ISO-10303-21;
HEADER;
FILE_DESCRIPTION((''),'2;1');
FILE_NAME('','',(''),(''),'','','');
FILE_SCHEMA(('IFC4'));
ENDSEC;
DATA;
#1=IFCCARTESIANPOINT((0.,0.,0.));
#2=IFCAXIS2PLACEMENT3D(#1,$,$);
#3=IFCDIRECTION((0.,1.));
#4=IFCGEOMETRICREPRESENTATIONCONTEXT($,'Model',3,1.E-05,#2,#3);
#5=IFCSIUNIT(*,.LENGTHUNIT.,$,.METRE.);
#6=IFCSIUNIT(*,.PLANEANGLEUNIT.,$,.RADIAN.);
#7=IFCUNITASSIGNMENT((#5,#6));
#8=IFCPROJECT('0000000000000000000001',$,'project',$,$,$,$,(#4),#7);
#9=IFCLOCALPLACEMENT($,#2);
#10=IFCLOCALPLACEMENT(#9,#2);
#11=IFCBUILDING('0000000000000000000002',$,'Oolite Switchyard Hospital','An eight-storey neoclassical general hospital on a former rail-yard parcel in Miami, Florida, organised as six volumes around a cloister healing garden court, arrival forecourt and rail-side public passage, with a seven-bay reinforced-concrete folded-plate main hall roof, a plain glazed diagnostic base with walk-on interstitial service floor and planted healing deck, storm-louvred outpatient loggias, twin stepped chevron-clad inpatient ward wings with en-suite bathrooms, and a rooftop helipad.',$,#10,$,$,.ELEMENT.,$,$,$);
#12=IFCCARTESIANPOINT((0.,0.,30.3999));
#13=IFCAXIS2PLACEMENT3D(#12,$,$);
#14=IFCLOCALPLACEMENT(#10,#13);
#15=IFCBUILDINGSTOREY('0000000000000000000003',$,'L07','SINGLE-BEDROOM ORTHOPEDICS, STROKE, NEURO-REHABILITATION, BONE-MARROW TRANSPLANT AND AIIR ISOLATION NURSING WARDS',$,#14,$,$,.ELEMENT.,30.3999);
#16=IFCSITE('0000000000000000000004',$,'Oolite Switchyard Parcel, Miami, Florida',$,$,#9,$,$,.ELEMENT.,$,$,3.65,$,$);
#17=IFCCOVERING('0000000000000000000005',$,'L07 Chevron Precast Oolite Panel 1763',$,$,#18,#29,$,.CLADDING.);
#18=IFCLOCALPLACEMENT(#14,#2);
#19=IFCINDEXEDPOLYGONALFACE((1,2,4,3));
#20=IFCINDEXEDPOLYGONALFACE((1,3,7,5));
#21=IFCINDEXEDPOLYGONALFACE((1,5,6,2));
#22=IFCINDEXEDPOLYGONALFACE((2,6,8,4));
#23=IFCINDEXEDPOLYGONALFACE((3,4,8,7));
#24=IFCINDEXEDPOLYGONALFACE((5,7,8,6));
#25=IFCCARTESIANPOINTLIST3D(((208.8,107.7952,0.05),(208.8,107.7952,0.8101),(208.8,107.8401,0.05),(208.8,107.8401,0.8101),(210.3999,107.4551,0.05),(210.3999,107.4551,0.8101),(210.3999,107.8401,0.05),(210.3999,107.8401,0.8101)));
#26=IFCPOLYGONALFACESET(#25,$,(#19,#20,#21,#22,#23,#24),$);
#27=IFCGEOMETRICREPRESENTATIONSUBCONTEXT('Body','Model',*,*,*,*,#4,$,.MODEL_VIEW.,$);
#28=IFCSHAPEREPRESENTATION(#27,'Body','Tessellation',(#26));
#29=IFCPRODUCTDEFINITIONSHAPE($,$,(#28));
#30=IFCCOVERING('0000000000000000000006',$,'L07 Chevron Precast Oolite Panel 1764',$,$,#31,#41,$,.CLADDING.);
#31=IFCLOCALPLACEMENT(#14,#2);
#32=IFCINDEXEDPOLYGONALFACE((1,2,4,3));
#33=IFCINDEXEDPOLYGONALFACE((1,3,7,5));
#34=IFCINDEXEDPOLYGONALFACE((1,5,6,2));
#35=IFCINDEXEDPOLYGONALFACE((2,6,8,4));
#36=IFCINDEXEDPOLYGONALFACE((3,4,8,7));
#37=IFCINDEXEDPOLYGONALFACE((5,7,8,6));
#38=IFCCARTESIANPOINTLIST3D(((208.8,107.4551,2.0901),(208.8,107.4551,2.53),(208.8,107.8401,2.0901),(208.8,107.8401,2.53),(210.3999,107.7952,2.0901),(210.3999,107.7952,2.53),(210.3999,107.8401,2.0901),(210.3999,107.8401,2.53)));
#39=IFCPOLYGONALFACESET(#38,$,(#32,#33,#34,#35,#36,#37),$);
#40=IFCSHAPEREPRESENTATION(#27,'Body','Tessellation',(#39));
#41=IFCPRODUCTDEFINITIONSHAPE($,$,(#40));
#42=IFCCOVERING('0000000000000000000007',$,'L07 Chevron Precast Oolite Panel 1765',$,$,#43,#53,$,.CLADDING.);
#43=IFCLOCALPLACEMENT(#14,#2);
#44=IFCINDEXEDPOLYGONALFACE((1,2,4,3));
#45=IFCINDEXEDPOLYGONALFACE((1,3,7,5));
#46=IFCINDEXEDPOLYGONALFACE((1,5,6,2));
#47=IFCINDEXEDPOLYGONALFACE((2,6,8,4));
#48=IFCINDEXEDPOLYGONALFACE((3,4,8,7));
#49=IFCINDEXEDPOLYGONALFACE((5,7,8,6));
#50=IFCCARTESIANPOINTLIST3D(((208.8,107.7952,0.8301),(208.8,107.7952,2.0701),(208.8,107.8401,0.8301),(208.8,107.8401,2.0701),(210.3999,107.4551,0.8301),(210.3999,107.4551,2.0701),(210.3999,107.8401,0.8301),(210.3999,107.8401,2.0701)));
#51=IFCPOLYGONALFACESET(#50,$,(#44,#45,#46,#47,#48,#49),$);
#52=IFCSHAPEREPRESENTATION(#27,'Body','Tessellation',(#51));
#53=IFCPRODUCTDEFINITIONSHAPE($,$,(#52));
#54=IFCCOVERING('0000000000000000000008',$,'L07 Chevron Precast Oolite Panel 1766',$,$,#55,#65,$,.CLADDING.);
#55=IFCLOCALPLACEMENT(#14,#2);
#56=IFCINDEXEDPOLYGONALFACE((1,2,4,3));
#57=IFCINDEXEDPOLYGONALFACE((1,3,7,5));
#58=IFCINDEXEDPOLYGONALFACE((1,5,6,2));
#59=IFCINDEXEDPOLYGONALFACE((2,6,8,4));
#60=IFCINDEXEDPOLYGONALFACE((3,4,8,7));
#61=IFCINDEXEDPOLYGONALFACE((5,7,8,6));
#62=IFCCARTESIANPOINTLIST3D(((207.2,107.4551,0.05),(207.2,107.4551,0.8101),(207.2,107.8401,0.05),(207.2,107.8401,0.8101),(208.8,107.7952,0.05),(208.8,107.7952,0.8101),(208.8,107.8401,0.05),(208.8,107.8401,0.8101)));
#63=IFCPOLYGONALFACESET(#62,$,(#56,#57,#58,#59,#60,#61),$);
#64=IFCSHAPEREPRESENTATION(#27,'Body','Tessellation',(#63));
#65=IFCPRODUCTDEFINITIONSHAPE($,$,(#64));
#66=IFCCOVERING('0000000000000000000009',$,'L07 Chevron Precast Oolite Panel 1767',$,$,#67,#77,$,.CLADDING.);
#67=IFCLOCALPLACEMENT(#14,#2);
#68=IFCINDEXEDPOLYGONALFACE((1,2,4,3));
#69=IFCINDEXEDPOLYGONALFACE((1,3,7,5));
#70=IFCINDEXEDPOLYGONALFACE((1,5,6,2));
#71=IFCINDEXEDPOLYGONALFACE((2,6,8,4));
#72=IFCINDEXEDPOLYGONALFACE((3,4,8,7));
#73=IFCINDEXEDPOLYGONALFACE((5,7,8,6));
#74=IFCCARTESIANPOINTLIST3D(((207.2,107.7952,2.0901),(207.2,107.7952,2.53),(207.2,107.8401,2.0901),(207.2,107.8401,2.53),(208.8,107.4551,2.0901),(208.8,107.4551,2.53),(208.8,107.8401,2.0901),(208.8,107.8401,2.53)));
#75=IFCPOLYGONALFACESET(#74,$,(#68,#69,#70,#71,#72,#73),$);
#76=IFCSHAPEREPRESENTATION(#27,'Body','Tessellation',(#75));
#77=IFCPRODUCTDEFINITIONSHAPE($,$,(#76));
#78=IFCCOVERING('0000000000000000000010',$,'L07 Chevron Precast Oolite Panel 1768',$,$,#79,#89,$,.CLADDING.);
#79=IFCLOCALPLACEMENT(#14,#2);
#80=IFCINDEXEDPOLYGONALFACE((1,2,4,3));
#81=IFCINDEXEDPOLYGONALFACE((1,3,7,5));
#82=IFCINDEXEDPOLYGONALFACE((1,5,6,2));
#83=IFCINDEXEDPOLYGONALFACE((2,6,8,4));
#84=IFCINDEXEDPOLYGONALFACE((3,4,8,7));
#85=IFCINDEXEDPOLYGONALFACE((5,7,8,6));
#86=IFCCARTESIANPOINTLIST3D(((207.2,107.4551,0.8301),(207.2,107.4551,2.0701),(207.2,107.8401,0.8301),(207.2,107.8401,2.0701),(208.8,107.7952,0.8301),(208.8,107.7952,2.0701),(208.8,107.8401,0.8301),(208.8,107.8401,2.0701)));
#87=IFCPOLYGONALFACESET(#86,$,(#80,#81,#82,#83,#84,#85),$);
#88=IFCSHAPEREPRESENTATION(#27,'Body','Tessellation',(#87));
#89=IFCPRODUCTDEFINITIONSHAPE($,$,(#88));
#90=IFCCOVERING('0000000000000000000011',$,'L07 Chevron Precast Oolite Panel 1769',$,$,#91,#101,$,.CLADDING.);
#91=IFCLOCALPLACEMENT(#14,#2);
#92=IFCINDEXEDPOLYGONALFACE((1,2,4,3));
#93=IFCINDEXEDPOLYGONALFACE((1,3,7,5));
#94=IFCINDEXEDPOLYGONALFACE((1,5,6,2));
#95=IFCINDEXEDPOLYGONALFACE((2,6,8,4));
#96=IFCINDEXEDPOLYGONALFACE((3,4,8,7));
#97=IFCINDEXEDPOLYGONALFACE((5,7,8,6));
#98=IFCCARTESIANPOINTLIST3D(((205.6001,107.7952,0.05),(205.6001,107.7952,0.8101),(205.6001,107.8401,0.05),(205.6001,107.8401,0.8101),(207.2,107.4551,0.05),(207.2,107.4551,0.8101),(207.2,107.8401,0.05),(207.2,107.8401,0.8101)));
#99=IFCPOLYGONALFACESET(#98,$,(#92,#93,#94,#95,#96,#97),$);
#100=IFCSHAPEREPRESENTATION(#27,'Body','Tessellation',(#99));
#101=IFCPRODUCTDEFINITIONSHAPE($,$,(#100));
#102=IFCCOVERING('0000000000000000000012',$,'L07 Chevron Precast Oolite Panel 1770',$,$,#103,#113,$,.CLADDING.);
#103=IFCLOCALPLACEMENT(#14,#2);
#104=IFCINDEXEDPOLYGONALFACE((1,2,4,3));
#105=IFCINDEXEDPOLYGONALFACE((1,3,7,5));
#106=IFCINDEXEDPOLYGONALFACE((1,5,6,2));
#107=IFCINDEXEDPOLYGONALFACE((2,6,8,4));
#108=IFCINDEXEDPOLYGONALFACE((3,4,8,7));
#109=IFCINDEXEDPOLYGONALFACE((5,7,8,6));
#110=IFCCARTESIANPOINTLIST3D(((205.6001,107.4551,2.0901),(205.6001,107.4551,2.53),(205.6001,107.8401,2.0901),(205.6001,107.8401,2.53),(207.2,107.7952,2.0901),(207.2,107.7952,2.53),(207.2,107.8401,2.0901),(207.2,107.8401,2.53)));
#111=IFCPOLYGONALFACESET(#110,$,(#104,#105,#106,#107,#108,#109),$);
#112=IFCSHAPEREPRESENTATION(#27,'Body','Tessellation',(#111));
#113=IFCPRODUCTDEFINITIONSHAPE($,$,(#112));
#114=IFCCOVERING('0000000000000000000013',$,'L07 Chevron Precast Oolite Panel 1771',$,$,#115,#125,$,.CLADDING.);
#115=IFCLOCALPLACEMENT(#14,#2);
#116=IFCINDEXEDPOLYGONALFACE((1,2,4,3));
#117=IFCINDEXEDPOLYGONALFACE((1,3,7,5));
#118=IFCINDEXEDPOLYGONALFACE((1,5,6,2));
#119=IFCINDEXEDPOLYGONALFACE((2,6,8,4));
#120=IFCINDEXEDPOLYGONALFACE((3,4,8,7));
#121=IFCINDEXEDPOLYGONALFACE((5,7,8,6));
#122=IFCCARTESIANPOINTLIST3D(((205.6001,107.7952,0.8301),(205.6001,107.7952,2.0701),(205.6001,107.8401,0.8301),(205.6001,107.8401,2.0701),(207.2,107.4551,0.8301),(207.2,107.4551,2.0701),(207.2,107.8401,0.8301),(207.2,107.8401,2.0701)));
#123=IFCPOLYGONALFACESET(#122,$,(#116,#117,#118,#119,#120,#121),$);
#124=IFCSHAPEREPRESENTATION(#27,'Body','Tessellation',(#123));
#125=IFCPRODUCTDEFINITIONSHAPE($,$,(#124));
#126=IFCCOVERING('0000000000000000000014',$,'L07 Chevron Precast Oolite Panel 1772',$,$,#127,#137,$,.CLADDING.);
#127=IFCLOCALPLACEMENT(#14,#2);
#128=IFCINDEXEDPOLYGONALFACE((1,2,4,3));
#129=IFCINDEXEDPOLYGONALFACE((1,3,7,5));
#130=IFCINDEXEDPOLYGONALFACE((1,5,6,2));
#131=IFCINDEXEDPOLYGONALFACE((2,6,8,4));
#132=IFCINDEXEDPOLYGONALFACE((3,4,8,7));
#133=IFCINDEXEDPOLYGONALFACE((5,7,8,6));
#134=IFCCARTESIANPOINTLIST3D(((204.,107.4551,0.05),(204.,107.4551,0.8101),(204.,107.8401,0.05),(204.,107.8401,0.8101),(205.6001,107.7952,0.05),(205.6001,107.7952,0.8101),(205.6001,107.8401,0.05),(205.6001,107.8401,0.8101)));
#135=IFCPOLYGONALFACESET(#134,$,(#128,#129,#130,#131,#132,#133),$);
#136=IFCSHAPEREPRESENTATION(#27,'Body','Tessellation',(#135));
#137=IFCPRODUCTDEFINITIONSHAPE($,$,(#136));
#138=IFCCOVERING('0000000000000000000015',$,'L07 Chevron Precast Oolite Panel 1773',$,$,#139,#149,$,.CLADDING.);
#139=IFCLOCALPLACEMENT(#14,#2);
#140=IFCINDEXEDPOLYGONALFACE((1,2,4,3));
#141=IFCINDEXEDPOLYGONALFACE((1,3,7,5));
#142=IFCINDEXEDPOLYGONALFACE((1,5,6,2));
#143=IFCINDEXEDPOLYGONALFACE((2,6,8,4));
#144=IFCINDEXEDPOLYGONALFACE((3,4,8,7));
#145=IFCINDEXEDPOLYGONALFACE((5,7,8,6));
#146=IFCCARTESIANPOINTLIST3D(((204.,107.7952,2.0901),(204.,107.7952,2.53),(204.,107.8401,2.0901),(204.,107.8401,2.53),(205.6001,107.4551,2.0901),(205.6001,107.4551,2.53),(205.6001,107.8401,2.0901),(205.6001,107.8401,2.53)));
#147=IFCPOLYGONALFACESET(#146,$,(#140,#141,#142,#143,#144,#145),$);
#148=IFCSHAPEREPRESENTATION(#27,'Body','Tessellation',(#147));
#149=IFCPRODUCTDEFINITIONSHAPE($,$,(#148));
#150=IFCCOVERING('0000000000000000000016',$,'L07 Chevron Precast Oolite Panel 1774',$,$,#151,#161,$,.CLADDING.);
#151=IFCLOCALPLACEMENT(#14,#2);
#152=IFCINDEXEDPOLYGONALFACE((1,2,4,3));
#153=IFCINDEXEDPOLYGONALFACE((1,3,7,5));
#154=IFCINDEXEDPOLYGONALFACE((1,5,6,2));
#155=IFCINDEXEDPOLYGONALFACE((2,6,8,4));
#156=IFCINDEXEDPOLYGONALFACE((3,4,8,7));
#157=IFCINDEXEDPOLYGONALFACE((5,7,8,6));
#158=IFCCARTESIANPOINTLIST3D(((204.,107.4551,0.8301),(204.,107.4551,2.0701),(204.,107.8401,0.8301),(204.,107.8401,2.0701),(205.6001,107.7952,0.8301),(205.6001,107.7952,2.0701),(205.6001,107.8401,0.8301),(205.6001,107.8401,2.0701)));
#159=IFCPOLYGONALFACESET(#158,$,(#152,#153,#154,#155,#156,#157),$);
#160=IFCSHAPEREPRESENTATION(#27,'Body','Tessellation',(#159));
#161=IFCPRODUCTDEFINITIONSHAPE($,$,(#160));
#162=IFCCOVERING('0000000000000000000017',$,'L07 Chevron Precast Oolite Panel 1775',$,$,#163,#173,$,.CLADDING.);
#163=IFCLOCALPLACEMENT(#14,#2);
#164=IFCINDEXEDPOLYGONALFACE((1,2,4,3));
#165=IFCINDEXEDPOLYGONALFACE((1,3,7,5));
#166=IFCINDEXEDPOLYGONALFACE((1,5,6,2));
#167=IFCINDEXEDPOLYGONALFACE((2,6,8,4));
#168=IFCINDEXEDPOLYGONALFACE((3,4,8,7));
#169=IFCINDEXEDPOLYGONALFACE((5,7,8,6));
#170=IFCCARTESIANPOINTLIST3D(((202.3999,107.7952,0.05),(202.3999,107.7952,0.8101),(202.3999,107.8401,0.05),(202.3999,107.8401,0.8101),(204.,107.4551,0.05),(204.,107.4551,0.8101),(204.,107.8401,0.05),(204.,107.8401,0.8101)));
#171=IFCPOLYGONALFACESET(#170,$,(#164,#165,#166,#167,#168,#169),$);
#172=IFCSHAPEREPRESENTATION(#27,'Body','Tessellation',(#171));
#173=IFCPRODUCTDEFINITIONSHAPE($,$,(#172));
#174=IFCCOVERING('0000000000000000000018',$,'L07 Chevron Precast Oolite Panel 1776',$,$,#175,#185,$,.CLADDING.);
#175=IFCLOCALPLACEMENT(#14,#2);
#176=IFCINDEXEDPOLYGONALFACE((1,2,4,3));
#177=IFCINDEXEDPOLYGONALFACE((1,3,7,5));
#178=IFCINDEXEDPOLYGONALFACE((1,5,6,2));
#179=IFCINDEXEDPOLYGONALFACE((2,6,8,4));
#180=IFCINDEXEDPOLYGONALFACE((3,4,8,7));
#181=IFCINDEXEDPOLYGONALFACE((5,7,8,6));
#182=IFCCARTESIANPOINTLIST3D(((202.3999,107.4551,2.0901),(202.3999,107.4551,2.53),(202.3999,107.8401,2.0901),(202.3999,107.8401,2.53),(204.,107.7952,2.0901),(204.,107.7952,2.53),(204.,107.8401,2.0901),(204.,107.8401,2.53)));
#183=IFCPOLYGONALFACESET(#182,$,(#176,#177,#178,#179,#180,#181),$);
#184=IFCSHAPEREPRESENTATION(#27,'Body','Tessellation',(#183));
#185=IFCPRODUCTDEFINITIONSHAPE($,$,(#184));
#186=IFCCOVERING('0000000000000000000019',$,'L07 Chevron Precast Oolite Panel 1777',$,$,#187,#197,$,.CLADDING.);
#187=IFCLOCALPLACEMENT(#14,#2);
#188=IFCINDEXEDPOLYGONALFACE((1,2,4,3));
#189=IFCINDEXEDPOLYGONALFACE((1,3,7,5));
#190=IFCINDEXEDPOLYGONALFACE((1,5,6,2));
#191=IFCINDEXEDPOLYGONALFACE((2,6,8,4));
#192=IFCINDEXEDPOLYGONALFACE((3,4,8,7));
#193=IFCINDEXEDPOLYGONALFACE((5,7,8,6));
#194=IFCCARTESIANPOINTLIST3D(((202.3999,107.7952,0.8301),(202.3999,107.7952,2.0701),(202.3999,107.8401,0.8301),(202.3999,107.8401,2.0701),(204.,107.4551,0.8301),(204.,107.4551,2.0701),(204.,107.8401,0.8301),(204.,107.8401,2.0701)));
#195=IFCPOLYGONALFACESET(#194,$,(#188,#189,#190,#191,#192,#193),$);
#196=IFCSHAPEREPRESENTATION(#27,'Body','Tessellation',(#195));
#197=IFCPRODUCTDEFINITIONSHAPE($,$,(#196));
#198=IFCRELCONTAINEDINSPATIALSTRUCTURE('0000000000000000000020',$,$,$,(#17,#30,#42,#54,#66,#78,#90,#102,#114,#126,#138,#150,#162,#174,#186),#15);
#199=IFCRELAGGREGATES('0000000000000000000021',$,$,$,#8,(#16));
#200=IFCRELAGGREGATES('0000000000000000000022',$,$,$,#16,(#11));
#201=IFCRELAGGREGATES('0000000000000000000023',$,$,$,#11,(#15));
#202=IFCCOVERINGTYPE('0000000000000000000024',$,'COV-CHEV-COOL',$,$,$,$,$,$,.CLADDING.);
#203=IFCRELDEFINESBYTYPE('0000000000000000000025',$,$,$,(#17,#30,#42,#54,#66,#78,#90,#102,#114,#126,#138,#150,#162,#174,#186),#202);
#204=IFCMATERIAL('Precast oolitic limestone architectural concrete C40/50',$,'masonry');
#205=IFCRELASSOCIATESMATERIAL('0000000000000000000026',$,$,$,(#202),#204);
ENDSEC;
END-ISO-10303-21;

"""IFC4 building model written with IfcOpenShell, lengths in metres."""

from ifc_helpers import new_model, si_unit, direction, frame, origin, place, context, subcontext, project, spatial, polyline, outline, extrude, material, type_object, element, save


model = new_model("IFC4")

# Units and contexts
model_context = context("Model", 3, precision=1e-05, world=origin(), true_north=direction((0.0, 1.0)))
body_context = subcontext(model_context, "Body", "Model", "MODEL_VIEW")
ifc_project = project(units=[si_unit("LENGTHUNIT", "METRE"), si_unit("PLANEANGLEUNIT", "RADIAN")], contexts=[model_context])

# Site, building, storey
site_placement = place(None, origin())
site = spatial("IfcSite", under=ifc_project, at=site_placement, Name="Oolite Switchyard Parcel, Miami, Florida", CompositionType="ELEMENT", RefElevation=3.65)
building_placement = place(site_placement, origin())
building = spatial("IfcBuilding", under=site, at=building_placement, Name="Oolite Switchyard Hospital", Description="An eight-storey neoclassical general hospital on a former rail-yard parcel in Miami, Florida, organised as six volumes around a cloister healing garden court, arrival forecourt and rail-side public passage, with a seven-bay reinforced-concrete folded-plate main hall roof, a plain glazed diagnostic base with walk-on interstitial service floor and planted healing deck, storm-louvred outpatient loggias, twin stepped chevron-clad inpatient ward wings with en-suite bathrooms, and a rooftop helipad.", CompositionType="ELEMENT")
storey_placement = place(building_placement, frame((0.0, 0.0, 30.3999)))
storey = spatial("IfcBuildingStorey", under=building, at=storey_placement, Name="L07", Description="SINGLE-BEDROOM ORTHOPEDICS, STROKE, NEURO-REHABILITATION, BONE-MARROW TRANSPLANT AND AIIR ISOLATION NURSING WARDS", CompositionType="ELEMENT", Elevation=30.3999)

# Shared definitions
ifc_material_1 = material(Name="Precast oolitic limestone architectural concrete C40/50", Category="masonry")

# Coverings
covering_type = type_object("IfcCoveringType", Name="COV-CHEV-COOL", PredefinedType="CLADDING", material=ifc_material_1)
covering_1_placement = place(storey_placement, frame((210.3999, 107.8401, 0.05), z_axis=(0.0, 0.0, 1.0), x_axis=(-1.0, 0.0, 0.0)))
element("IfcCovering", 1, at=covering_1_placement, inside=storey, type_object=covering_type, Name="L07 Chevron Precast Oolite Panel 1763", PredefinedType="CLADDING", context=body_context, shape_type="SweptSolid", body=[
    extrude(outline(polyline([(0.0, 0.0), (1.5999, 0.0), (1.5999, 0.0449), (0.0, 0.385), (0.0, 0.0)])), origin(), (0.0, 0.0, 1.0), 0.76),
])
covering_2_placement = place(storey_placement, frame((210.3999, 107.8401, 2.0901), z_axis=(0.0, 0.0, 1.0), x_axis=(-1.0, 0.0, 0.0)))
element("IfcCovering", 2, at=covering_2_placement, inside=storey, type_object=covering_type, Name="L07 Chevron Precast Oolite Panel 1764", PredefinedType="CLADDING", context=body_context, shape_type="SweptSolid", body=[
    extrude(outline(polyline([(0.0, 0.0), (1.5999, 0.0), (1.5999, 0.385), (0.0, 0.0449), (0.0, 0.0)])), origin(), (0.0, 0.0, 1.0), 0.4399),
])
covering_3_placement = place(storey_placement, frame((210.3999, 107.8401, 0.8301), z_axis=(0.0, 0.0, 1.0), x_axis=(-1.0, 0.0, 0.0)))
element("IfcCovering", 3, at=covering_3_placement, inside=storey, type_object=covering_type, Name="L07 Chevron Precast Oolite Panel 1765", PredefinedType="CLADDING", context=body_context, shape_type="SweptSolid", body=[
    extrude(outline(polyline([(0.0, 0.0), (1.5999, 0.0), (1.5999, 0.0449), (0.0, 0.385), (0.0, 0.0)])), origin(), (0.0, 0.0, 1.0), 1.24),
])
covering_4_placement = place(storey_placement, frame((208.8, 107.8401, 0.05), z_axis=(0.0, 0.0, 1.0), x_axis=(-1.0, 0.0, 0.0)))
element("IfcCovering", 4, at=covering_4_placement, inside=storey, type_object=covering_type, Name="L07 Chevron Precast Oolite Panel 1766", PredefinedType="CLADDING", context=body_context, shape_type="SweptSolid", body=[
    extrude(outline(polyline([(0.0, 0.0), (1.6001, 0.0), (1.6001, 0.385), (0.0, 0.0449), (0.0, 0.0)])), origin(), (0.0, 0.0, 1.0), 0.76),
])
covering_5_placement = place(storey_placement, frame((208.8, 107.8401, 2.0901), z_axis=(0.0, 0.0, 1.0), x_axis=(-1.0, 0.0, 0.0)))
element("IfcCovering", 5, at=covering_5_placement, inside=storey, type_object=covering_type, Name="L07 Chevron Precast Oolite Panel 1767", PredefinedType="CLADDING", context=body_context, shape_type="SweptSolid", body=[
    extrude(outline(polyline([(0.0, 0.0), (1.6001, 0.0), (1.6001, 0.0449), (0.0, 0.385), (0.0, 0.0)])), origin(), (0.0, 0.0, 1.0), 0.4399),
])
covering_6_placement = place(storey_placement, frame((208.8, 107.8401, 0.8301), z_axis=(0.0, 0.0, 1.0), x_axis=(-1.0, 0.0, 0.0)))
element("IfcCovering", 6, at=covering_6_placement, inside=storey, type_object=covering_type, Name="L07 Chevron Precast Oolite Panel 1768", PredefinedType="CLADDING", context=body_context, shape_type="SweptSolid", body=[
    extrude(outline(polyline([(0.0, 0.0), (1.6001, 0.0), (1.6001, 0.385), (0.0, 0.0449), (0.0, 0.0)])), origin(), (0.0, 0.0, 1.0), 1.24),
])
covering_7_placement = place(storey_placement, frame((207.2, 107.8401, 0.05), z_axis=(0.0, 0.0, 1.0), x_axis=(-1.0, 0.0, 0.0)))
element("IfcCovering", 7, at=covering_7_placement, inside=storey, type_object=covering_type, Name="L07 Chevron Precast Oolite Panel 1769", PredefinedType="CLADDING", context=body_context, shape_type="SweptSolid", body=[
    extrude(outline(polyline([(0.0, 0.0), (1.5999, 0.0), (1.5999, 0.0449), (0.0, 0.385), (0.0, 0.0)])), origin(), (0.0, 0.0, 1.0), 0.76),
])
covering_8_placement = place(storey_placement, frame((207.2, 107.8401, 2.0901), z_axis=(0.0, 0.0, 1.0), x_axis=(-1.0, 0.0, 0.0)))
element("IfcCovering", 8, at=covering_8_placement, inside=storey, type_object=covering_type, Name="L07 Chevron Precast Oolite Panel 1770", PredefinedType="CLADDING", context=body_context, shape_type="SweptSolid", body=[
    extrude(outline(polyline([(0.0, 0.0), (1.5999, 0.0), (1.5999, 0.385), (0.0, 0.0449), (0.0, 0.0)])), origin(), (0.0, 0.0, 1.0), 0.4399),
])
covering_9_placement = place(storey_placement, frame((207.2, 107.8401, 0.8301), z_axis=(0.0, 0.0, 1.0), x_axis=(-1.0, 0.0, 0.0)))
element("IfcCovering", 9, at=covering_9_placement, inside=storey, type_object=covering_type, Name="L07 Chevron Precast Oolite Panel 1771", PredefinedType="CLADDING", context=body_context, shape_type="SweptSolid", body=[
    extrude(outline(polyline([(0.0, 0.0), (1.5999, 0.0), (1.5999, 0.0449), (0.0, 0.385), (0.0, 0.0)])), origin(), (0.0, 0.0, 1.0), 1.24),
])
covering_10_placement = place(storey_placement, frame((205.6001, 107.8401, 0.05), z_axis=(0.0, 0.0, 1.0), x_axis=(-1.0, 0.0, 0.0)))
element("IfcCovering", 10, at=covering_10_placement, inside=storey, type_object=covering_type, Name="L07 Chevron Precast Oolite Panel 1772", PredefinedType="CLADDING", context=body_context, shape_type="SweptSolid", body=[
    extrude(outline(polyline([(0.0, 0.0), (1.6001, 0.0), (1.6001, 0.385), (0.0, 0.0449), (0.0, 0.0)])), origin(), (0.0, 0.0, 1.0), 0.76),
])
covering_11_placement = place(storey_placement, frame((205.6001, 107.8401, 2.0901), z_axis=(0.0, 0.0, 1.0), x_axis=(-1.0, 0.0, 0.0)))
element("IfcCovering", 11, at=covering_11_placement, inside=storey, type_object=covering_type, Name="L07 Chevron Precast Oolite Panel 1773", PredefinedType="CLADDING", context=body_context, shape_type="SweptSolid", body=[
    extrude(outline(polyline([(0.0, 0.0), (1.6001, 0.0), (1.6001, 0.0449), (0.0, 0.385), (0.0, 0.0)])), origin(), (0.0, 0.0, 1.0), 0.4399),
])
covering_12_placement = place(storey_placement, frame((205.6001, 107.8401, 0.8301), z_axis=(0.0, 0.0, 1.0), x_axis=(-1.0, 0.0, 0.0)))
element("IfcCovering", 12, at=covering_12_placement, inside=storey, type_object=covering_type, Name="L07 Chevron Precast Oolite Panel 1774", PredefinedType="CLADDING", context=body_context, shape_type="SweptSolid", body=[
    extrude(outline(polyline([(0.0, 0.0), (1.6001, 0.0), (1.6001, 0.385), (0.0, 0.0449), (0.0, 0.0)])), origin(), (0.0, 0.0, 1.0), 1.24),
])
covering_13_placement = place(storey_placement, frame((204.0, 107.8401, 0.05), z_axis=(0.0, 0.0, 1.0), x_axis=(-1.0, 0.0, 0.0)))
element("IfcCovering", 13, at=covering_13_placement, inside=storey, type_object=covering_type, Name="L07 Chevron Precast Oolite Panel 1775", PredefinedType="CLADDING", context=body_context, shape_type="SweptSolid", body=[
    extrude(outline(polyline([(0.0, 0.0), (1.6001, 0.0), (1.6001, 0.0449), (0.0, 0.385), (0.0, 0.0)])), origin(), (0.0, 0.0, 1.0), 0.76),
])
covering_14_placement = place(storey_placement, frame((204.0, 107.8401, 2.0901), z_axis=(0.0, 0.0, 1.0), x_axis=(-1.0, 0.0, 0.0)))
element("IfcCovering", 14, at=covering_14_placement, inside=storey, type_object=covering_type, Name="L07 Chevron Precast Oolite Panel 1776", PredefinedType="CLADDING", context=body_context, shape_type="SweptSolid", body=[
    extrude(outline(polyline([(0.0, 0.0), (1.6001, 0.0), (1.6001, 0.385), (0.0, 0.0449), (0.0, 0.0)])), origin(), (0.0, 0.0, 1.0), 0.4399),
])
covering_15_placement = place(storey_placement, frame((204.0, 107.8401, 0.8301), z_axis=(0.0, 0.0, 1.0), x_axis=(-1.0, 0.0, 0.0)))
element("IfcCovering", 15, at=covering_15_placement, inside=storey, type_object=covering_type, Name="L07 Chevron Precast Oolite Panel 1777", PredefinedType="CLADDING", context=body_context, shape_type="SweptSolid", body=[
    extrude(outline(polyline([(0.0, 0.0), (1.6001, 0.0), (1.6001, 0.0449), (0.0, 0.385), (0.0, 0.0)])), origin(), (0.0, 0.0, 1.0), 1.24),
])

save(model, "model.ifc")
